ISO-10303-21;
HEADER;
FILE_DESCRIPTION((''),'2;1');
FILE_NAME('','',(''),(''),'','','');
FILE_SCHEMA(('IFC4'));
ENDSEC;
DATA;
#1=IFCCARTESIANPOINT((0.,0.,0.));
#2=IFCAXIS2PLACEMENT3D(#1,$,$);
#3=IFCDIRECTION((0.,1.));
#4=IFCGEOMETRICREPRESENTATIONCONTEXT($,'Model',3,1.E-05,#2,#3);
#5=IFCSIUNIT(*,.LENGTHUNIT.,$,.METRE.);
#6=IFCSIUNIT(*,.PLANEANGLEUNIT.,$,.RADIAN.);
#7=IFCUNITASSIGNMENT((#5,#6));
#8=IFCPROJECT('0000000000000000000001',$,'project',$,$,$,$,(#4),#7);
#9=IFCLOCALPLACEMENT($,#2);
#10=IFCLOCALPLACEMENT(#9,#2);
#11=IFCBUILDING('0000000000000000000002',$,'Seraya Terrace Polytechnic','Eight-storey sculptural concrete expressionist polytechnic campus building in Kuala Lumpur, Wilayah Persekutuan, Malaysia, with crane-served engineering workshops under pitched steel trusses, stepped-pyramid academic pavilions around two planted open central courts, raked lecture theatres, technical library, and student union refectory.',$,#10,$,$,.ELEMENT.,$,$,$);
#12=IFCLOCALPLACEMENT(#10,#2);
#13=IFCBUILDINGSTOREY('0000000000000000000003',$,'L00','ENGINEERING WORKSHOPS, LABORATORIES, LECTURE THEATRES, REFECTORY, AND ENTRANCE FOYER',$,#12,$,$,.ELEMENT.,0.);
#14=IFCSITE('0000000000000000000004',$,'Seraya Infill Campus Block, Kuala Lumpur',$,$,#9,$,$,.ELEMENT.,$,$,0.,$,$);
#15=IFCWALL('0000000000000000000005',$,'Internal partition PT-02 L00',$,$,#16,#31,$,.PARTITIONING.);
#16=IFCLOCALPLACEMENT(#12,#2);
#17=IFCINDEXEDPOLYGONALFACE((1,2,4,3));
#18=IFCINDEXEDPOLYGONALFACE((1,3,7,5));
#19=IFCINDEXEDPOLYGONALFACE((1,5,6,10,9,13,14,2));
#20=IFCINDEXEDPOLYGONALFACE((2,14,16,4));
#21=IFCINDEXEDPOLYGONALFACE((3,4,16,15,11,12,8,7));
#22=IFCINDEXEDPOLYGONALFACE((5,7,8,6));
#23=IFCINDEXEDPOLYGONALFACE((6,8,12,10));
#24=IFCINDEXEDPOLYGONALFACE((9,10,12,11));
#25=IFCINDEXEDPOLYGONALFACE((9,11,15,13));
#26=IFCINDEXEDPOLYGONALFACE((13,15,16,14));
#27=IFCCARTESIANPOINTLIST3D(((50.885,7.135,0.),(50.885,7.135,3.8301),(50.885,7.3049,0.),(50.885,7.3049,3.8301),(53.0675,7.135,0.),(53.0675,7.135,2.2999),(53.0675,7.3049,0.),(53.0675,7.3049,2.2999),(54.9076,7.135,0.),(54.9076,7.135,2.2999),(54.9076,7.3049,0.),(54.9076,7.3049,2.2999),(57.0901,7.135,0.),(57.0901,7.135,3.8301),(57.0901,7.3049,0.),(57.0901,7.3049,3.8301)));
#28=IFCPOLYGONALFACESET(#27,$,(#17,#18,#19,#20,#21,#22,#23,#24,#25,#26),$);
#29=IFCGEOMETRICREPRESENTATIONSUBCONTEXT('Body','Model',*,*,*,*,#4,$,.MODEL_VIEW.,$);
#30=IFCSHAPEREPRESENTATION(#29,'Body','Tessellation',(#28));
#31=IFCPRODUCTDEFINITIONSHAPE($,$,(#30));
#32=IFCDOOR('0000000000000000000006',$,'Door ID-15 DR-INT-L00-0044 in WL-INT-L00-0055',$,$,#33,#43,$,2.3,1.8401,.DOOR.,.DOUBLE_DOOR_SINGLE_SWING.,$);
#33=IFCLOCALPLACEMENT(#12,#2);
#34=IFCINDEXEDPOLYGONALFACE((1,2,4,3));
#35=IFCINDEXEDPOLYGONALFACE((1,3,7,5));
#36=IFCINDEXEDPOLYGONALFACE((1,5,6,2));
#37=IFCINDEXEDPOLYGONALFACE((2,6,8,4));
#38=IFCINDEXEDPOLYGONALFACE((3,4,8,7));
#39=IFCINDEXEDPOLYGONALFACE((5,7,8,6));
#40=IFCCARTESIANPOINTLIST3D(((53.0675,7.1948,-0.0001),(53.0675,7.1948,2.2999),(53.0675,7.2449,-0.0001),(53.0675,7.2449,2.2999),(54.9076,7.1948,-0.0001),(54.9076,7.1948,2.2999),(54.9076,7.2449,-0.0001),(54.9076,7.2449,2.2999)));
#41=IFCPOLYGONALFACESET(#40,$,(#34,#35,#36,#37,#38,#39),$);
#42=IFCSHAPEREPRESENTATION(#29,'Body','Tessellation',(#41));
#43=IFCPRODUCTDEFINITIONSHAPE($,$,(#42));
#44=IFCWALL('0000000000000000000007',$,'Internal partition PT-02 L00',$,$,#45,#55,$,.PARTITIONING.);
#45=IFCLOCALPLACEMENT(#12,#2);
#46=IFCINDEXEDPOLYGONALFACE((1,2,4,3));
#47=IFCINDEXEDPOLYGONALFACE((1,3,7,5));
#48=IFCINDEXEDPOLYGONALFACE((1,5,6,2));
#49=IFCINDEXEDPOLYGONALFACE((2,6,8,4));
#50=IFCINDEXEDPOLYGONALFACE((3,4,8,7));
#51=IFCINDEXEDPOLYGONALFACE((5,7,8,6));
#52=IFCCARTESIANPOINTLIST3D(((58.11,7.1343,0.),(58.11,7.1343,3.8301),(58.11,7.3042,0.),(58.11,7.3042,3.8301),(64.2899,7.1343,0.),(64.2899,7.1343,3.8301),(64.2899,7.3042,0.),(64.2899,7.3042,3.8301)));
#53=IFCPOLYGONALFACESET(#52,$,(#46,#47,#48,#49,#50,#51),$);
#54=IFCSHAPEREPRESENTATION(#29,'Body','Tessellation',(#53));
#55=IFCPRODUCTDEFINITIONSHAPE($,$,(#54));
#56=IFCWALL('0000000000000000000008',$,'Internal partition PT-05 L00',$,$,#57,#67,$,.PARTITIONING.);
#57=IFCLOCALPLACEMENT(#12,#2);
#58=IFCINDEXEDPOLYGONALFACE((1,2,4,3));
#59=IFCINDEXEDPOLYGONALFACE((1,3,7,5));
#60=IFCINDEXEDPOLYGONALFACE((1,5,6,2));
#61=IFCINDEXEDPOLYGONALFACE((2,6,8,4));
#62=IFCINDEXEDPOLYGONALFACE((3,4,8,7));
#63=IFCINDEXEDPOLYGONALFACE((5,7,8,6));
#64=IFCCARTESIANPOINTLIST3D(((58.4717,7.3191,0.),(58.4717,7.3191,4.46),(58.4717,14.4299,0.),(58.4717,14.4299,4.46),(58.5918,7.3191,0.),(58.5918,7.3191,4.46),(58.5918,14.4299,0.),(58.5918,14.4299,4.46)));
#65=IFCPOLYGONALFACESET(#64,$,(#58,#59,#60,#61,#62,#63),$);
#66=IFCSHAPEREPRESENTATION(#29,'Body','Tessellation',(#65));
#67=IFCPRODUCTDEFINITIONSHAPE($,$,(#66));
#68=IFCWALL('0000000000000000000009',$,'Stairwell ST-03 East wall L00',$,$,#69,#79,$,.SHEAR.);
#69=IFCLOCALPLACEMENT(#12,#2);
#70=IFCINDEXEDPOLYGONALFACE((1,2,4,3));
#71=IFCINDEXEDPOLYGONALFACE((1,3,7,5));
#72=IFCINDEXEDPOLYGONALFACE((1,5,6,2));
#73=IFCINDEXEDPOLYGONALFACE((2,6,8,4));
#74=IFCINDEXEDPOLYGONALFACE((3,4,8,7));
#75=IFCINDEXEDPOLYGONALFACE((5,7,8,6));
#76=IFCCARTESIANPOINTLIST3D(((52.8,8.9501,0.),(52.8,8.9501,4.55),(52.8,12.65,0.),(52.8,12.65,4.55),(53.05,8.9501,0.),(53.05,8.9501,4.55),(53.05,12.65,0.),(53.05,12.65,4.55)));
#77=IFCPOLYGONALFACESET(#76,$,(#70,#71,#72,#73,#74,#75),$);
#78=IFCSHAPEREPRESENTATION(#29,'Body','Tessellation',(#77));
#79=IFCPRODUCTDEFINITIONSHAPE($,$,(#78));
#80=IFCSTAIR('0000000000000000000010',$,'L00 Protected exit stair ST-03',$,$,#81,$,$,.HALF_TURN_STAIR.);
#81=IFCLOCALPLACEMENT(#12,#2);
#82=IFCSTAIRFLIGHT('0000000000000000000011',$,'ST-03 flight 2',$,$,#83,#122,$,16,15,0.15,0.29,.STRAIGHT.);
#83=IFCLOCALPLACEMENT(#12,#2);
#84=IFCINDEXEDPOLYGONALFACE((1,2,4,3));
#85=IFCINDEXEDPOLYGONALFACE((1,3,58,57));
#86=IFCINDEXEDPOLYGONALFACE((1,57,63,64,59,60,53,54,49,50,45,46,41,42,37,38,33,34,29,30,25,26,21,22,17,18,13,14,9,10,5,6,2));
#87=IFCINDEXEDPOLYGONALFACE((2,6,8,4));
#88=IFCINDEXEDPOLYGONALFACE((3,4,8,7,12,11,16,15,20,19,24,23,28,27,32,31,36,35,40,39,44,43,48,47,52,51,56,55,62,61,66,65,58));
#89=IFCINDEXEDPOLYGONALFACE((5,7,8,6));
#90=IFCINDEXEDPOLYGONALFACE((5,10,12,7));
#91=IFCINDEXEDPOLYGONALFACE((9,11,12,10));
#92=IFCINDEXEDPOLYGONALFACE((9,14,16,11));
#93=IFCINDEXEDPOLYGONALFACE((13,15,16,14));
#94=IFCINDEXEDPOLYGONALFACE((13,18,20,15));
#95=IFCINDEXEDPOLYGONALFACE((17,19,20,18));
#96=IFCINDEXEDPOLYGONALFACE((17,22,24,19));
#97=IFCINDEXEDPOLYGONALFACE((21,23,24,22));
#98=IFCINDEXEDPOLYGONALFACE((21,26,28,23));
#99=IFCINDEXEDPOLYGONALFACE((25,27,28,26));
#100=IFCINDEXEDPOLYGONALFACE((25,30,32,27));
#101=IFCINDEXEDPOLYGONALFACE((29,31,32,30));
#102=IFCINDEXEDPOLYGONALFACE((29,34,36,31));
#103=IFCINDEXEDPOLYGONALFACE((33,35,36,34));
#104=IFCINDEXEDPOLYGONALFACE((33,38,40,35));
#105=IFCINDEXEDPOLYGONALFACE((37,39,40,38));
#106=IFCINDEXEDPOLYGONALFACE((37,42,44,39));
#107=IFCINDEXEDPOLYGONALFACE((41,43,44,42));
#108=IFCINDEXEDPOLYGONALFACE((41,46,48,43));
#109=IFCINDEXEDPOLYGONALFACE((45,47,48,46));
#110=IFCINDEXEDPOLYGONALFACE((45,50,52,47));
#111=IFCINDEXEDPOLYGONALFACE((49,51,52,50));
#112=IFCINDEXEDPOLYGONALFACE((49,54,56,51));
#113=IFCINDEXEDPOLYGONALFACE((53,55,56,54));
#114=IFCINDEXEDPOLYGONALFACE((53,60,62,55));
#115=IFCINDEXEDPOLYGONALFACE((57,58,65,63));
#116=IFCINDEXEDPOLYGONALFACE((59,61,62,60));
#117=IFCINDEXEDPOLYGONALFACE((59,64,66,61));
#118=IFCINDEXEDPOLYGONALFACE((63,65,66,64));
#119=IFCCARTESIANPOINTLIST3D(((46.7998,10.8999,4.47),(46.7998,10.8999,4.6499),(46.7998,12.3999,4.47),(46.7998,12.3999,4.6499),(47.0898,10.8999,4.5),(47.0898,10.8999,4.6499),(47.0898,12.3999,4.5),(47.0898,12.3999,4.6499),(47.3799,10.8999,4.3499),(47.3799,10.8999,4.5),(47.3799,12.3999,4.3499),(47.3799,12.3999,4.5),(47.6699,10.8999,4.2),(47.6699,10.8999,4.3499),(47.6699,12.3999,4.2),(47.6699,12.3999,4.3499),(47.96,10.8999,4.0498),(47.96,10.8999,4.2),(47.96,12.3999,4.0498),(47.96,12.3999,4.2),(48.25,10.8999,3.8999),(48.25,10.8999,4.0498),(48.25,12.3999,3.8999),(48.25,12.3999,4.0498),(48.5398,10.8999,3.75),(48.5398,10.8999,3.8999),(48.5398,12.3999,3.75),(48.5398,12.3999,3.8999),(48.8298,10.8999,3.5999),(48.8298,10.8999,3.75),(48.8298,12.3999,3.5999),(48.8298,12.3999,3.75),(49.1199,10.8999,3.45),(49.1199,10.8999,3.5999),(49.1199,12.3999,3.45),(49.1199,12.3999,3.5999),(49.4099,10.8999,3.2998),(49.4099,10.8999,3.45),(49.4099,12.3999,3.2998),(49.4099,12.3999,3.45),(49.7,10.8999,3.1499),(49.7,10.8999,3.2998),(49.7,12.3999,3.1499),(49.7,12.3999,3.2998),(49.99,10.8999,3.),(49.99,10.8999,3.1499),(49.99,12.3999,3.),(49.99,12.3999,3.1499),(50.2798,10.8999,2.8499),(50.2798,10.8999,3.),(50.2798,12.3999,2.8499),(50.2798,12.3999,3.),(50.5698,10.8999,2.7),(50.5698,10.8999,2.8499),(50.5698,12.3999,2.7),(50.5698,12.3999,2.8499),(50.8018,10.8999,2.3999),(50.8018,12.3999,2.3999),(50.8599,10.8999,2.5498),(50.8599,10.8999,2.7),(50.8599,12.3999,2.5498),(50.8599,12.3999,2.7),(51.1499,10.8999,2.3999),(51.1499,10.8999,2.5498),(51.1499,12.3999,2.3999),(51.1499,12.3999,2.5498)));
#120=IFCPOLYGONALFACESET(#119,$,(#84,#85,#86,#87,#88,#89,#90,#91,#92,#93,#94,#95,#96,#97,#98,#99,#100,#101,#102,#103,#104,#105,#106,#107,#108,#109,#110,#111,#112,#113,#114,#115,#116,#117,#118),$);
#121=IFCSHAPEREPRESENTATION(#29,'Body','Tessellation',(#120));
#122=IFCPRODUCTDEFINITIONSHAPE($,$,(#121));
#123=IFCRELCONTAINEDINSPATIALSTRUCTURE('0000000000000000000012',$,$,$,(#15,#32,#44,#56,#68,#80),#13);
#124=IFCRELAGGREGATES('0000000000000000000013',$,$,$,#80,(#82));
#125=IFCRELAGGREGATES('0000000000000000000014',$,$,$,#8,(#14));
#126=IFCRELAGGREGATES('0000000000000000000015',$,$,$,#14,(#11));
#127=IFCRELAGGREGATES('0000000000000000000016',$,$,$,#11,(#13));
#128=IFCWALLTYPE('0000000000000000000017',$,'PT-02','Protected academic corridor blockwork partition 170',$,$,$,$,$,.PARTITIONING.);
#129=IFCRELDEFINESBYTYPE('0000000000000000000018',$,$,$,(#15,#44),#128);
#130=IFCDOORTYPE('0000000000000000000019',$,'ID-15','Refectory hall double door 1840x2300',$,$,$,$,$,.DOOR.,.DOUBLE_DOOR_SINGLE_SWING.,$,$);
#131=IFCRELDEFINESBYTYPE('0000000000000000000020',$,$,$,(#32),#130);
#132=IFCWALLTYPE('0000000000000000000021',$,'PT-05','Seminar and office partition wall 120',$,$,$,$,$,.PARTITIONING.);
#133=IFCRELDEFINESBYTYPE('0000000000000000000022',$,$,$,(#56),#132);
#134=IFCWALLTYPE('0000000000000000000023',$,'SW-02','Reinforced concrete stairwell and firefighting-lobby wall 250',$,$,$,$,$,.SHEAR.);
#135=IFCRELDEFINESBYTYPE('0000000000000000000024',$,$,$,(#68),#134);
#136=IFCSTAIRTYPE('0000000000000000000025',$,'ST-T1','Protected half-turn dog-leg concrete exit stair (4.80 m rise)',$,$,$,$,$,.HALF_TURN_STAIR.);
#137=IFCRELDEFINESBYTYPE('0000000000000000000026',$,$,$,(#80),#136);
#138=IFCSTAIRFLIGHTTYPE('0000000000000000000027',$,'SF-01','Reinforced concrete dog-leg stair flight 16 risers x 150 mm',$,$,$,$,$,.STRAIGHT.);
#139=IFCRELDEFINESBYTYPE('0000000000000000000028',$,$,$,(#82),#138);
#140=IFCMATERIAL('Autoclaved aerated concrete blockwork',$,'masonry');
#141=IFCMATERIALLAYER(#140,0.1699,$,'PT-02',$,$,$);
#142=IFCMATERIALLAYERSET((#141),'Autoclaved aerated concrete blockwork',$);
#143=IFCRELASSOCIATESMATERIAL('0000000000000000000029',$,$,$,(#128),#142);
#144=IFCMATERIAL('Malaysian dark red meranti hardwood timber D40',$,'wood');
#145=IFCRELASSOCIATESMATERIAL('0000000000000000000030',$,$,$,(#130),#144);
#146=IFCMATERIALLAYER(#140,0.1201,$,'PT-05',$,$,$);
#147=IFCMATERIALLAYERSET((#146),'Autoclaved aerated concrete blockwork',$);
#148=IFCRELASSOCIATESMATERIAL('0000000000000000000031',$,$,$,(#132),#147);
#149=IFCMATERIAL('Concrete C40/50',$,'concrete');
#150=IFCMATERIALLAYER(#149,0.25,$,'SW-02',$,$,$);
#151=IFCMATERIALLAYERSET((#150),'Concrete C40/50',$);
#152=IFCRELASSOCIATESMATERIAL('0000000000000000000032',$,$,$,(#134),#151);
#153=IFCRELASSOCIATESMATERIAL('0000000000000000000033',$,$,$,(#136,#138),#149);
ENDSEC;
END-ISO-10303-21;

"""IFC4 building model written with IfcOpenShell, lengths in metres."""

from ifc_helpers import new_model, si_unit, direction, frame, frame_2d, origin, place, context, subcontext, project, spatial, polyline, rectangle, outline, extrude, material, layer, layer_set, type_object, element, fill, aggregate, save


model = new_model("IFC4")

# Units and contexts
model_context = context("Model", 3, precision=1e-05, world=origin(), true_north=direction((0.0, 1.0)))
body_context = subcontext(model_context, "Body", "Model", "MODEL_VIEW")
ifc_project = project(units=[si_unit("LENGTHUNIT", "METRE"), si_unit("PLANEANGLEUNIT", "RADIAN")], contexts=[model_context])

# Site, building, storey
site_placement = place(None, origin())
site = spatial("IfcSite", under=ifc_project, at=site_placement, Name="Seraya Infill Campus Block, Kuala Lumpur", CompositionType="ELEMENT", RefElevation=0.0)
building_placement = place(site_placement, origin())
building = spatial("IfcBuilding", under=site, at=building_placement, Name="Seraya Terrace Polytechnic", Description="Eight-storey sculptural concrete expressionist polytechnic campus building in Kuala Lumpur, Wilayah Persekutuan, Malaysia, with crane-served engineering workshops under pitched steel trusses, stepped-pyramid academic pavilions around two planted open central courts, raked lecture theatres, technical library, and student union refectory.", CompositionType="ELEMENT")
storey_placement = place(building_placement, origin())
storey = spatial("IfcBuildingStorey", under=building, at=storey_placement, Name="L00", Description="ENGINEERING WORKSHOPS, LABORATORIES, LECTURE THEATRES, REFECTORY, AND ENTRANCE FOYER", CompositionType="ELEMENT", Elevation=0.0)

# Shared definitions
ifc_material_1 = material(Name="Concrete C40/50", Category="concrete")

# Wall, opening, door
ifc_material_2 = material(Name="Autoclaved aerated concrete blockwork", Category="masonry")
ifc_layer_1 = layer(ifc_material_2, 0.1699, Name="PT-02")
ifc_layer_set_1 = layer_set([ifc_layer_1], Name="Autoclaved aerated concrete blockwork")
wall_type_1 = type_object("IfcWallType", Name="PT-02", Description="Protected academic corridor blockwork partition 170", PredefinedType="PARTITIONING", material=ifc_layer_set_1)
wall_1_placement = place(storey_placement, frame((50.885, 7.22, 0.0), z_axis=(0.0, 0.0, 1.0), x_axis=(1.0, 0.0, 0.0)))
wall_1 = element("IfcWall", 1, at=wall_1_placement, inside=storey, type_object=wall_type_1, Name="Internal partition PT-02 L00", PredefinedType="PARTITIONING", context=body_context, shape_type="SweptSolid", body=[
    extrude(rectangle(XDim=6.2051, YDim=0.1699, at=frame_2d((3.1025, 0.0))), origin(), (0.0, 0.0, 1.0), 3.8301),
])
opening_placement = place(wall_1_placement, frame((2.1826, 0.0, 0.0)))
opening = element("IfcOpeningElement", 2, at=opening_placement, cuts=wall_1, PredefinedType="OPENING", context=body_context, shape_type="SweptSolid", body=[
    extrude(rectangle(XDim=1.8401, YDim=2.3, at=frame_2d((0.9199, 1.1499))), frame((0.0, 0.0969, 0.0), z_axis=(0.0, -1.0, 0.0), x_axis=(1.0, 0.0, 0.0)), (0.0, 0.0, 1.0), 0.1938),
])
ifc_material_3 = material(Name="Malaysian dark red meranti hardwood timber D40", Category="wood")
door_type = type_object("IfcDoorType", Name="ID-15", Description="Refectory hall double door 1840x2300", OperationType="DOUBLE_DOOR_SINGLE_SWING", PredefinedType="DOOR", material=ifc_material_3)
door_placement = place(opening_placement, origin())
door = element("IfcDoor", 3, at=door_placement, inside=storey, type_object=door_type, Name="Door ID-15 DR-INT-L00-0044 in WL-INT-L00-0055", OperationType="DOUBLE_DOOR_SINGLE_SWING", OverallHeight=2.3, OverallWidth=1.8401, PredefinedType="DOOR", context=body_context, shape_type="SweptSolid", body=[
    extrude(rectangle(XDim=1.8401, YDim=2.3, at=frame_2d((0.9199, 1.1499))), frame((0.0, 0.0249, 0.0), z_axis=(0.0, -1.0, 0.0), x_axis=(1.0, 0.0, 0.0)), (0.0, 0.0, 1.0), 0.05),
])
fill(opening, door)

# Walls
wall_2_placement = place(storey_placement, frame((58.1101, 7.2192, 0.0), z_axis=(0.0, 0.0, 1.0), x_axis=(1.0, 0.0, 0.0)))
element("IfcWall", 4, at=wall_2_placement, inside=storey, type_object=wall_type_1, Name="Internal partition PT-02 L00", PredefinedType="PARTITIONING", context=body_context, shape_type="SweptSolid", body=[
    extrude(rectangle(XDim=6.1799, YDim=0.1699, at=frame_2d((3.0898, 0.0))), origin(), (0.0, 0.0, 1.0), 3.8301),
])
ifc_layer_2 = layer(ifc_material_2, 0.1201, Name="PT-05")
ifc_layer_set_2 = layer_set([ifc_layer_2], Name="Autoclaved aerated concrete blockwork")
wall_type_2 = type_object("IfcWallType", Name="PT-05", Description="Seminar and office partition wall 120", PredefinedType="PARTITIONING", material=ifc_layer_set_2)
wall_3_placement = place(storey_placement, frame((58.5317, 7.3191, 0.0), z_axis=(0.0, 0.0, 1.0), x_axis=(0.0, 1.0, 0.0)))
element("IfcWall", 5, at=wall_3_placement, inside=storey, type_object=wall_type_2, Name="Internal partition PT-05 L00", PredefinedType="PARTITIONING", context=body_context, shape_type="SweptSolid", body=[
    extrude(rectangle(XDim=7.1108, YDim=0.1201, at=frame_2d((3.5554, 0.0))), origin(), (0.0, 0.0, 1.0), 4.46),
])
ifc_layer_3 = layer(ifc_material_1, 0.25, Name="SW-02")
ifc_layer_set_3 = layer_set([ifc_layer_3], Name="Concrete C40/50")
wall_type_3 = type_object("IfcWallType", Name="SW-02", Description="Reinforced concrete stairwell and firefighting-lobby wall 250", PredefinedType="SHEAR", material=ifc_layer_set_3)
wall_4_placement = place(storey_placement, frame((52.925, 8.95, 0.0), z_axis=(0.0, 0.0, 1.0), x_axis=(0.0, 1.0, 0.0)))
element("IfcWall", 6, at=wall_4_placement, inside=storey, type_object=wall_type_3, Name="Stairwell ST-03 East wall L00", PredefinedType="SHEAR", context=body_context, shape_type="SweptSolid", body=[
    extrude(rectangle(XDim=3.7, YDim=0.25, at=frame_2d((1.8501, 0.0))), origin(), (0.0, 0.0, 1.0), 4.55),
])

# Stair, stair flight
stair_type = type_object("IfcStairType", Name="ST-T1", Description="Protected half-turn dog-leg concrete exit stair (4.80 m rise)", PredefinedType="HALF_TURN_STAIR", material=ifc_material_1)
stair_placement = place(storey_placement, origin())
stair = element("IfcStair", 7, at=stair_placement, inside=storey, type_object=stair_type, Name="L00 Protected exit stair ST-03", PredefinedType="HALF_TURN_STAIR")
stair_flight_type = type_object("IfcStairFlightType", Name="SF-01", Description="Reinforced concrete dog-leg stair flight 16 risers x 150 mm", PredefinedType="STRAIGHT", material=ifc_material_1)
stair_flight_placement = place(storey_placement, frame((51.1499, 11.6499, 2.3999), z_axis=(0.0, 0.0, 1.0), x_axis=(-1.0, 0.0, 0.0)))
stair_flight = element("IfcStairFlight", 8, at=stair_flight_placement, type_object=stair_flight_type, Name="ST-03 flight 2", NumberOfRisers=16, NumberOfTreads=15, PredefinedType="STRAIGHT", RiserHeight=0.15, TreadLength=0.29, context=body_context, shape_type="SweptSolid", body=[
    extrude(outline(polyline([(0.0, 0.0), (0.0, 0.1499), (0.29, 0.1499), (0.29, 0.3), (0.5801, 0.3), (0.5801, 0.45), (0.8701, 0.45), (0.8701, 0.6001), (1.1599, 0.6001), (1.1599, 0.75), (1.45, 0.75), (1.45, 0.8999), (1.74, 0.8999), (1.74, 1.05), (2.03, 1.05), (2.03, 1.2), (2.3201, 1.2), (2.3201, 1.3501), (2.6101, 1.3501), (2.6101, 1.5), (2.8999, 1.5), (2.8999, 1.6499), (3.1899, 1.6499), (3.1899, 1.8), (3.48, 1.8), (3.48, 1.95), (3.77, 1.95), (3.77, 2.1001), (4.0601, 2.1001), (4.0601, 2.25), (4.3501, 2.25), (4.3501, 2.3999), (4.3501, 2.0701), (0.3481, 0.0), (0.0, 0.0)])), frame((0.0, 0.75, 0.0), z_axis=(0.0, -1.0, 0.0), x_axis=(1.0, 0.0, 0.0)), (0.0, 0.0, 1.0), 1.5),
])
aggregate(stair, [stair_flight])

save(model, "model.ifc")
